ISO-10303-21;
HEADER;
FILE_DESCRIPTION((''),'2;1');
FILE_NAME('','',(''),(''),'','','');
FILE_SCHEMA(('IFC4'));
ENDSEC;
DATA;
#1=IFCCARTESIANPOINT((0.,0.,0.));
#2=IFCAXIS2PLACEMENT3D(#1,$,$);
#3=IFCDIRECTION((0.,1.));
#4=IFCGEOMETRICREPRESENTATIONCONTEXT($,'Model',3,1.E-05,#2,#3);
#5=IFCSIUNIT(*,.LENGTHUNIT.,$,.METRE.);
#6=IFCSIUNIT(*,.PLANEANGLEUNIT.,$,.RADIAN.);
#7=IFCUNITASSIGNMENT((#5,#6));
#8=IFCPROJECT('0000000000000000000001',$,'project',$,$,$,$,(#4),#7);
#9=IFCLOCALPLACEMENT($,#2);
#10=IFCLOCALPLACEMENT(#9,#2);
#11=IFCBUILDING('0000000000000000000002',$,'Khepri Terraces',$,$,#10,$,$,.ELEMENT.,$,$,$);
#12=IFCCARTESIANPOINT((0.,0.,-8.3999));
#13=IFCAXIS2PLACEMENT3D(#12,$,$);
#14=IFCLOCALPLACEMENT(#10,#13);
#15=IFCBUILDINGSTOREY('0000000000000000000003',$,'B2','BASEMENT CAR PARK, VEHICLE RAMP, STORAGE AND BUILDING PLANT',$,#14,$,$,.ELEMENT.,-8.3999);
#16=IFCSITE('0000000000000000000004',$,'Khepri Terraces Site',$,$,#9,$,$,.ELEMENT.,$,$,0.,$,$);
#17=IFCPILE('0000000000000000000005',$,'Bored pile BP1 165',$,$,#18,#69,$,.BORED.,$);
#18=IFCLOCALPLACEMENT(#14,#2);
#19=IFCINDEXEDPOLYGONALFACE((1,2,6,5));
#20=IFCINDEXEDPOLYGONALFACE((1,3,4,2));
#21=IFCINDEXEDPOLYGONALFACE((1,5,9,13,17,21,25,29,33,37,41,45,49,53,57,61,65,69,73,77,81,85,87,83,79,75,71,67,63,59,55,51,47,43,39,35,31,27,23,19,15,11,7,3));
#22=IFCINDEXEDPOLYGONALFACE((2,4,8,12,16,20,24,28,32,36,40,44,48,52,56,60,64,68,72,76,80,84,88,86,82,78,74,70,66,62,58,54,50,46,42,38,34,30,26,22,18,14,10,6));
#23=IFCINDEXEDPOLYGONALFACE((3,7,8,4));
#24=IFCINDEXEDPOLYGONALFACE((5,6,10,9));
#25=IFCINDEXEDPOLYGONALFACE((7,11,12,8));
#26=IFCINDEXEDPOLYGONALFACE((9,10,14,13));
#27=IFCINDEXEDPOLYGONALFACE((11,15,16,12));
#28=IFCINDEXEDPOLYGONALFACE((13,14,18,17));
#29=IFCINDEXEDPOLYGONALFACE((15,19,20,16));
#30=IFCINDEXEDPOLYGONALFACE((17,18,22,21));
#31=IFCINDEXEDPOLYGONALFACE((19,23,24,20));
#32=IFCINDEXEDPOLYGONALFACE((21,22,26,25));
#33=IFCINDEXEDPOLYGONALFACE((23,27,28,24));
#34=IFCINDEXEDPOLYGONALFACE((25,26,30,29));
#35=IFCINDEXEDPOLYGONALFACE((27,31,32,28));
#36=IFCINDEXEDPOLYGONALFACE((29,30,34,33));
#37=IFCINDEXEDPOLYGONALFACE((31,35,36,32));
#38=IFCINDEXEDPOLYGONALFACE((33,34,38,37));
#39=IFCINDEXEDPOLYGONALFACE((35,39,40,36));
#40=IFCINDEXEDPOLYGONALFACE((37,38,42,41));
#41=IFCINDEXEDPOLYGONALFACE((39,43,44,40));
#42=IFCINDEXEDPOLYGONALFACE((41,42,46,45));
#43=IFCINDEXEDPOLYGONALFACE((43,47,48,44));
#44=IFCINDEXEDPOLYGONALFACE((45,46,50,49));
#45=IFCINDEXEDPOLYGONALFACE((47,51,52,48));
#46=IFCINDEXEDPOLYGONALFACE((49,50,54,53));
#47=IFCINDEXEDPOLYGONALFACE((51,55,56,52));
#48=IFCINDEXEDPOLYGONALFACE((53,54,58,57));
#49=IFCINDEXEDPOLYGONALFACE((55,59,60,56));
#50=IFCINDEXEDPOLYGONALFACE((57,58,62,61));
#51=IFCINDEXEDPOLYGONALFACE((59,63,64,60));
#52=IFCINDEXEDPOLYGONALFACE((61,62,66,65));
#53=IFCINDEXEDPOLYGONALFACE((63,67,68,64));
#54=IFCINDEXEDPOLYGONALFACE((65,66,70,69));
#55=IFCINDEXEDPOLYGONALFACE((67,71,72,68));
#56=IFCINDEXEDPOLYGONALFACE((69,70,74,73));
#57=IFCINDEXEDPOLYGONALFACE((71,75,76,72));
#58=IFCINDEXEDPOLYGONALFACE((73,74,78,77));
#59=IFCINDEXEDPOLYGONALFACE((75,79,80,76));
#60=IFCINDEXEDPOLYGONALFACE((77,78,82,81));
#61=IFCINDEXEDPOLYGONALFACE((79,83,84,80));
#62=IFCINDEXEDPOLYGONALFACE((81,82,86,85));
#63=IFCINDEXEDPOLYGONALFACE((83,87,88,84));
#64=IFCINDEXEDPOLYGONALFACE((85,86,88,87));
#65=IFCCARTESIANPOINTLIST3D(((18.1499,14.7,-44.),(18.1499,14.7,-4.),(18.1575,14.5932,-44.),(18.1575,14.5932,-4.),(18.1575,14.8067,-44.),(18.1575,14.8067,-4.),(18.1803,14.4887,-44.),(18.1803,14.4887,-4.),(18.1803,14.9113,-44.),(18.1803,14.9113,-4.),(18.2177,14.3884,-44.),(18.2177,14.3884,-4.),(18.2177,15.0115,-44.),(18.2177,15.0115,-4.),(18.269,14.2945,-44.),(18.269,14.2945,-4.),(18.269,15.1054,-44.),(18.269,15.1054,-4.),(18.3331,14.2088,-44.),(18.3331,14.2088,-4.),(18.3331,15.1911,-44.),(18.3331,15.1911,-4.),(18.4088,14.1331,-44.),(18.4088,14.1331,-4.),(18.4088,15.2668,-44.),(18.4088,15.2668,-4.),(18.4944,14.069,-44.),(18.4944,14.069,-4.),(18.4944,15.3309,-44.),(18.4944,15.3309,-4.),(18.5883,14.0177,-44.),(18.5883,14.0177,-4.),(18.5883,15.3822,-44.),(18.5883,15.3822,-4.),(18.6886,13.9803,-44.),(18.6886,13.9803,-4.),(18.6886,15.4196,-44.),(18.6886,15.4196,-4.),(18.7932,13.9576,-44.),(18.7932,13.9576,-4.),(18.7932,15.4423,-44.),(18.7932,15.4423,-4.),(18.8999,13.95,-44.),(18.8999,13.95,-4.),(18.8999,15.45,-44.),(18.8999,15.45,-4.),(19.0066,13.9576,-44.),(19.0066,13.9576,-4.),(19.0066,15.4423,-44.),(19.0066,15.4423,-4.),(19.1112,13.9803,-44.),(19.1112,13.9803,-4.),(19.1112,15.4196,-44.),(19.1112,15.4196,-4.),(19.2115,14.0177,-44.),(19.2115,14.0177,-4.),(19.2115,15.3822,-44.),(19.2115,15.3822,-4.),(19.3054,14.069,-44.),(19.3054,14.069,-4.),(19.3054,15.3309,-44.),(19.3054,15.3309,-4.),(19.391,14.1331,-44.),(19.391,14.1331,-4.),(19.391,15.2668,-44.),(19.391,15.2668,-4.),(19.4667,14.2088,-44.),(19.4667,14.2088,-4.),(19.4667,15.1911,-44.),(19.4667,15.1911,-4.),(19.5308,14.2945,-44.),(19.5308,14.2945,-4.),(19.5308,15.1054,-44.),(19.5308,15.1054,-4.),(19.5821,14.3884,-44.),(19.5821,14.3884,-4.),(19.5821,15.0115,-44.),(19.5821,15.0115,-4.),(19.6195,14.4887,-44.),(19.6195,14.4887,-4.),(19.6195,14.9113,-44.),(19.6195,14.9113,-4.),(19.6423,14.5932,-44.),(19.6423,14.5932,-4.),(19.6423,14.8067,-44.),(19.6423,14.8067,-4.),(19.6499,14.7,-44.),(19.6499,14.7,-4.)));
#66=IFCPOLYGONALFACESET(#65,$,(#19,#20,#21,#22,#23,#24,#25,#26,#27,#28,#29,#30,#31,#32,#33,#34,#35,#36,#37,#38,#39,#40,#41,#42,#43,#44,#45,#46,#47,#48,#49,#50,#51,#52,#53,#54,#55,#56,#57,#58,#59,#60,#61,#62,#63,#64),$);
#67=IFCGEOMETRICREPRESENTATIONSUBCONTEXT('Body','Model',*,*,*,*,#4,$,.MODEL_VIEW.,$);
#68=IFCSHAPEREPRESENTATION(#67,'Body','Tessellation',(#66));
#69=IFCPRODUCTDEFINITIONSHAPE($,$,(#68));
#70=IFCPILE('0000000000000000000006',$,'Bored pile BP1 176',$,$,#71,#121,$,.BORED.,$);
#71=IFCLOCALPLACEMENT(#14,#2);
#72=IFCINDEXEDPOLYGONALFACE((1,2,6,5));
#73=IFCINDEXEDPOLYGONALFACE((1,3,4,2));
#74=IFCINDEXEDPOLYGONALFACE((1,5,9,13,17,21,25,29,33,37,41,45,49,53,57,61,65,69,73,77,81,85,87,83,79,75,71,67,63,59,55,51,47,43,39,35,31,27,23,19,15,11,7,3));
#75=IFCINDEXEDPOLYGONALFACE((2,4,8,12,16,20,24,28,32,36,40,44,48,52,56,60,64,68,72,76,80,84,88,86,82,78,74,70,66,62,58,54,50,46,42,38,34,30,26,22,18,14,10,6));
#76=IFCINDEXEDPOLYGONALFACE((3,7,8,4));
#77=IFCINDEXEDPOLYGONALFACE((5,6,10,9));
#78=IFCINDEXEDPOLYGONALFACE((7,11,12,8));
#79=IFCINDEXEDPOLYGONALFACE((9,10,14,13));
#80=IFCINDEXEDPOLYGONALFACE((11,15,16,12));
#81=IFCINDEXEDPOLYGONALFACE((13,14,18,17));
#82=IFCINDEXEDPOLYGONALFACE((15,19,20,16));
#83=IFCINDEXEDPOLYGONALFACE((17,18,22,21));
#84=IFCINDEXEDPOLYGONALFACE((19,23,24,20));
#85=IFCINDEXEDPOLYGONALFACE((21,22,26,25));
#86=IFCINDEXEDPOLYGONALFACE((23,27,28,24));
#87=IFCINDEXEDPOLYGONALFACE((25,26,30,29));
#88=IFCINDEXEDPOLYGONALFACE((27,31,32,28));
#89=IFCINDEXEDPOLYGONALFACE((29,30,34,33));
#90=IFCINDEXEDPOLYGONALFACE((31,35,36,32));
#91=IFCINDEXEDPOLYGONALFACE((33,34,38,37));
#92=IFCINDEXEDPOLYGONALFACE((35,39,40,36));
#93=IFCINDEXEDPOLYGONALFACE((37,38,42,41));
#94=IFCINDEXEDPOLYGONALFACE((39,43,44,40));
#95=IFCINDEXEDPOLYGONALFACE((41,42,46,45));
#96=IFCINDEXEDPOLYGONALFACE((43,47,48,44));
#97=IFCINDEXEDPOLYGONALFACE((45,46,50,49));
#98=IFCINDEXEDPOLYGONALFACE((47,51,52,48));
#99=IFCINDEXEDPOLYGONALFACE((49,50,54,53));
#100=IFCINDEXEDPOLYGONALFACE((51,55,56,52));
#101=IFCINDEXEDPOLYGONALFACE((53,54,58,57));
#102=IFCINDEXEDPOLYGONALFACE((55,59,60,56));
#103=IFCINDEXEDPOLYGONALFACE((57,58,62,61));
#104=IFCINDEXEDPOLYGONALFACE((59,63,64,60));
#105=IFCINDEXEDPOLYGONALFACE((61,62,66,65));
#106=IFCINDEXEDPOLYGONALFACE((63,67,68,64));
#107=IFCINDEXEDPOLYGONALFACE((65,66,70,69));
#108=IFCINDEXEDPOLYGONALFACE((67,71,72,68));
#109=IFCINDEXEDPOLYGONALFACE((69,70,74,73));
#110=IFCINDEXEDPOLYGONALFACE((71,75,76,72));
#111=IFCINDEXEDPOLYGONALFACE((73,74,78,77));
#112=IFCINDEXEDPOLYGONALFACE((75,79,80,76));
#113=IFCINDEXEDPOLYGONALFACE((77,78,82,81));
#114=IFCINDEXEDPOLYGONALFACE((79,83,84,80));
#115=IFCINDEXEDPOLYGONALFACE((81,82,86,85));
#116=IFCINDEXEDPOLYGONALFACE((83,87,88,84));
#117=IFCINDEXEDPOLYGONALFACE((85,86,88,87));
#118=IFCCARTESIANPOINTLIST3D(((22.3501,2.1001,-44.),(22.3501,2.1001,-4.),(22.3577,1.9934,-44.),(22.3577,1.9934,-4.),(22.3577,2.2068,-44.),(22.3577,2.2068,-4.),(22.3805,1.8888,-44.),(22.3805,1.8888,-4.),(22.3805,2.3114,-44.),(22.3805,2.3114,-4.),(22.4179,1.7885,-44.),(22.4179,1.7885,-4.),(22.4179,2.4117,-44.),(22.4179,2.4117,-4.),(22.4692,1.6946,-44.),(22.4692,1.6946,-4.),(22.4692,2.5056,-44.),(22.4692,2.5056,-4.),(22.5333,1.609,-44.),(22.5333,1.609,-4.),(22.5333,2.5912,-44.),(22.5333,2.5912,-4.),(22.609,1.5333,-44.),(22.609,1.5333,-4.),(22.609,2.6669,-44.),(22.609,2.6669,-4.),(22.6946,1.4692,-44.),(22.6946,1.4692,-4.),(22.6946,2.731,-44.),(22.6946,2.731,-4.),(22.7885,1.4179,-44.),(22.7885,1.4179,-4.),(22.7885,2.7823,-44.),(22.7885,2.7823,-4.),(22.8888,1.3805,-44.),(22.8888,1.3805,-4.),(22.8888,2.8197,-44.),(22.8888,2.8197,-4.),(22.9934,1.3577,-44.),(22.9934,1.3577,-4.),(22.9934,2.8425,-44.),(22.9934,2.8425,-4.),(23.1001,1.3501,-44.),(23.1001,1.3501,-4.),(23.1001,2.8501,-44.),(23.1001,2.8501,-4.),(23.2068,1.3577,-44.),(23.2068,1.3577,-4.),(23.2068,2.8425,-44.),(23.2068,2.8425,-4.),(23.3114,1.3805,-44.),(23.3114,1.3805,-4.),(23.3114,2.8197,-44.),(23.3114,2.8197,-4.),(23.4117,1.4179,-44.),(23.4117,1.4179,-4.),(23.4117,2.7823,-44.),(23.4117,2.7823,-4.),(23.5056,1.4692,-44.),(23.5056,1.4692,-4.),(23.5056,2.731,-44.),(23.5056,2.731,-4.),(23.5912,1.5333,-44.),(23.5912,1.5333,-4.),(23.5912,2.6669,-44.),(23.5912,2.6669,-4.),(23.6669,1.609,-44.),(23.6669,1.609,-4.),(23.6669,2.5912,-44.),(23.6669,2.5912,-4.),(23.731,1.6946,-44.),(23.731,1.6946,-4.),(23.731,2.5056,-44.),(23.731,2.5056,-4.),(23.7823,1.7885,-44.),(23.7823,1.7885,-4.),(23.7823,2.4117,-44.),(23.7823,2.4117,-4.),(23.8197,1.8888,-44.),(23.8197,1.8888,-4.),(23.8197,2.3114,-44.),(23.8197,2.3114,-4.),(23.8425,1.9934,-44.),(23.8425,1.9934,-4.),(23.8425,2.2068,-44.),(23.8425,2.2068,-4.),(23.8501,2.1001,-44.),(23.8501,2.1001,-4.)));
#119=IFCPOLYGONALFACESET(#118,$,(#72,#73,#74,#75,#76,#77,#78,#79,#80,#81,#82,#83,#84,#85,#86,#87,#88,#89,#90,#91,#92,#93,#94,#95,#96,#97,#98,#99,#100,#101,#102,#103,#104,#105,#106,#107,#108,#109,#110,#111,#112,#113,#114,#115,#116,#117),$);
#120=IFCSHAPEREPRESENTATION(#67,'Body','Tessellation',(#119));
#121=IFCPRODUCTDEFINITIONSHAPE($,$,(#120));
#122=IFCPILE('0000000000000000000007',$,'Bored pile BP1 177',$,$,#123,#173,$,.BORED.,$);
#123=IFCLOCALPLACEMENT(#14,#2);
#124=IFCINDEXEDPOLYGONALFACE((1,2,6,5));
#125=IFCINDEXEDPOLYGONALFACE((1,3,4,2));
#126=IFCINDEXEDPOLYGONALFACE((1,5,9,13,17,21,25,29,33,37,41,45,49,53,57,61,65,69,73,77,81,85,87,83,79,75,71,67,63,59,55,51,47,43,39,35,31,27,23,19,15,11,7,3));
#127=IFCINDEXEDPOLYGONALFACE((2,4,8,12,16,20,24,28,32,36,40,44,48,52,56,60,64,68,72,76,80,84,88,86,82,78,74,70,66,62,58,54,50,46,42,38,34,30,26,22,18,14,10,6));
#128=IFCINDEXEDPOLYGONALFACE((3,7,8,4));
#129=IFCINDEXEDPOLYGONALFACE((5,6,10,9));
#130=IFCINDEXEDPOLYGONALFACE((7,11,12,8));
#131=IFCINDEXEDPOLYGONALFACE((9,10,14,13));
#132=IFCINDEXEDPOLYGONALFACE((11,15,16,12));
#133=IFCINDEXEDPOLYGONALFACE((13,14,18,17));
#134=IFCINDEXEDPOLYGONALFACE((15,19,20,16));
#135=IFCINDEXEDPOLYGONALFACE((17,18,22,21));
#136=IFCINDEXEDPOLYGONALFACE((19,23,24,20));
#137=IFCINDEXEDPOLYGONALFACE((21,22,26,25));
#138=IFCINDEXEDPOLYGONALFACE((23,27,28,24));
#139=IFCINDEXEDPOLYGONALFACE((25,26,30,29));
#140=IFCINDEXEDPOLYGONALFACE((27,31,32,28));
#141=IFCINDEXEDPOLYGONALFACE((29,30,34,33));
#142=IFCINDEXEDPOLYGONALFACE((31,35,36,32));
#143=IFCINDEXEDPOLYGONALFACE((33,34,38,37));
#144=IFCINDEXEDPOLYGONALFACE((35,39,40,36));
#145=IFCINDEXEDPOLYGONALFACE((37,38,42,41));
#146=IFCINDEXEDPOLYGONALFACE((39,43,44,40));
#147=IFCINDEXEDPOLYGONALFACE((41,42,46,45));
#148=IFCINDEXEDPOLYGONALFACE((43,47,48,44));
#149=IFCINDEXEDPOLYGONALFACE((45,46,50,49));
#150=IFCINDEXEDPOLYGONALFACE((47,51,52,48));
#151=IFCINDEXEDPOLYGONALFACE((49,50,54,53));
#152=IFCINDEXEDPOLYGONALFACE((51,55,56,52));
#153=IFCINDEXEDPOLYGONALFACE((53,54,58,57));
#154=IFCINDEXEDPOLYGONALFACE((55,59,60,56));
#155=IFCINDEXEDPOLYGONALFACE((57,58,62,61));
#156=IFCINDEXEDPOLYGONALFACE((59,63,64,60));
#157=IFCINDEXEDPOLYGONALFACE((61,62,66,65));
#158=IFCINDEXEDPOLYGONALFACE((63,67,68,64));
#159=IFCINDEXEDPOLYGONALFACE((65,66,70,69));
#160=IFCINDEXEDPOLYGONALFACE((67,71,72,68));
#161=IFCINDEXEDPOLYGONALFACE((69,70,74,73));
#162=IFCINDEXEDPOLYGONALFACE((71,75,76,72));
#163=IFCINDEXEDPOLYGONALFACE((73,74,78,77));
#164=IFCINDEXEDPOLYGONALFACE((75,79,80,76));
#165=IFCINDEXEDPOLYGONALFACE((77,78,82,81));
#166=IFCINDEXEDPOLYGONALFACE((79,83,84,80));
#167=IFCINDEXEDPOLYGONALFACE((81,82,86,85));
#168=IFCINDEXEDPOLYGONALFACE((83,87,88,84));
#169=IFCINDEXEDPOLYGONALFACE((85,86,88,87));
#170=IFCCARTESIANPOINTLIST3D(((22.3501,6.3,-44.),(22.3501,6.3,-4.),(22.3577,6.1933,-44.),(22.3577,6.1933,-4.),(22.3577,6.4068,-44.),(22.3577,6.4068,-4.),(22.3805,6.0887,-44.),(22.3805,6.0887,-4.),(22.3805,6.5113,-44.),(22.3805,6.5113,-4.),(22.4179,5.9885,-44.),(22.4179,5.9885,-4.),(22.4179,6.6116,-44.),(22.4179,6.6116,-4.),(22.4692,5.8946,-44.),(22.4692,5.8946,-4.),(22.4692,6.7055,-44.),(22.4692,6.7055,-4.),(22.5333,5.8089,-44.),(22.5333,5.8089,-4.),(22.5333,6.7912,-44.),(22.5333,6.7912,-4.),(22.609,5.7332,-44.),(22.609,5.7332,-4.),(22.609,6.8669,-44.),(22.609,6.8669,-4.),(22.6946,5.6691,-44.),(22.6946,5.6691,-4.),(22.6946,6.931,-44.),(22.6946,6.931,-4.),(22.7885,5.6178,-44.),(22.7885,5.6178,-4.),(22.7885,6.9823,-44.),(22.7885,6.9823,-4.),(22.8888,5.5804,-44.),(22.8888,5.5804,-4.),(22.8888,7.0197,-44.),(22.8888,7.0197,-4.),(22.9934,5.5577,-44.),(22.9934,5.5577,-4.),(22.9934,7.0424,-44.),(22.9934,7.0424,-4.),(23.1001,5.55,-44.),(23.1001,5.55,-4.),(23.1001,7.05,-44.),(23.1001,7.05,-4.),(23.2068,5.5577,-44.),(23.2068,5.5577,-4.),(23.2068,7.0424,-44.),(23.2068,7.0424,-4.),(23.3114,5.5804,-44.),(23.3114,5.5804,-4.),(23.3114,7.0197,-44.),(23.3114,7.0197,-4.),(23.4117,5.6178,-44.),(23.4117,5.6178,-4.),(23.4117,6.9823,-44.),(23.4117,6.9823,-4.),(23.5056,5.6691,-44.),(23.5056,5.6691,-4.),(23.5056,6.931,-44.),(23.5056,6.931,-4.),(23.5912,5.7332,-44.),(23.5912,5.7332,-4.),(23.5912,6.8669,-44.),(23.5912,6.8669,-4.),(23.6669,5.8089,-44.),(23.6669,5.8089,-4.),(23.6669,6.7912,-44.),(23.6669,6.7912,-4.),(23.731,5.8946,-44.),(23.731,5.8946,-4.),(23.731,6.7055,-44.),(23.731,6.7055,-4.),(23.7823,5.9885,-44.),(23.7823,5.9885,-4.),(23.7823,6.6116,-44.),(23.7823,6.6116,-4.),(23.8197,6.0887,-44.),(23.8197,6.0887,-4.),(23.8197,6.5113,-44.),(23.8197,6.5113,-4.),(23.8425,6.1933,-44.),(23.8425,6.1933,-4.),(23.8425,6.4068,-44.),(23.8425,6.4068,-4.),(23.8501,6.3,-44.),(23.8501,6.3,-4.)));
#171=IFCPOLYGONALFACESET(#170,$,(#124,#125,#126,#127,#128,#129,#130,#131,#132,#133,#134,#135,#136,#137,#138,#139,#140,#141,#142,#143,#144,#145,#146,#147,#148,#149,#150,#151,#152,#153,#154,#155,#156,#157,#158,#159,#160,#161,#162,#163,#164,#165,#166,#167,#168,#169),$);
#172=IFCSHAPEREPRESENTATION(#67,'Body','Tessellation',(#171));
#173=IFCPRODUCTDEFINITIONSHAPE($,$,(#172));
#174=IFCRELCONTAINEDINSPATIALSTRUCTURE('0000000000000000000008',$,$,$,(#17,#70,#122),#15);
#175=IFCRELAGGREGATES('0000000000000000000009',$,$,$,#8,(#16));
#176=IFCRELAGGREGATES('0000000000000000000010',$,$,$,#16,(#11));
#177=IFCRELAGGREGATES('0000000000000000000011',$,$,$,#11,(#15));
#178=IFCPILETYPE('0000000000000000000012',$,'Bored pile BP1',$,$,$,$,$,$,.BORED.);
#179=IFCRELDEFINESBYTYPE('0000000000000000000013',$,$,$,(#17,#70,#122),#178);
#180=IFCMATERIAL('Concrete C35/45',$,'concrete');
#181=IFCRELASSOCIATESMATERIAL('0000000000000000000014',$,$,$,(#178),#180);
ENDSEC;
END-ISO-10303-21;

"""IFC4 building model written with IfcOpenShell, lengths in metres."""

from ifc_helpers import new_model, si_unit, direction, frame, origin, origin_2d, place, context, subcontext, project, spatial, circle, extrude, material, material_profile, profile_set, type_object, element, save


model = new_model("IFC4")

# Units and contexts
model_context = context("Model", 3, precision=1e-05, world=origin(), true_north=direction((0.0, 1.0)))
body_context = subcontext(model_context, "Body", "Model", "MODEL_VIEW")
ifc_project = project(units=[si_unit("LENGTHUNIT", "METRE"), si_unit("PLANEANGLEUNIT", "RADIAN")], contexts=[model_context])

# Site, building, storey
site_placement = place(None, origin())
site = spatial("IfcSite", under=ifc_project, at=site_placement, Name="Khepri Terraces Site", CompositionType="ELEMENT", RefElevation=0.0)
building_placement = place(site_placement, origin())
building = spatial("IfcBuilding", under=site, at=building_placement, Name="Khepri Terraces", CompositionType="ELEMENT")
storey_placement = place(building_placement, frame((0.0, 0.0, -8.3999)))
storey = spatial("IfcBuildingStorey", under=building, at=storey_placement, Name="B2", Description="BASEMENT CAR PARK, VEHICLE RAMP, STORAGE AND BUILDING PLANT", CompositionType="ELEMENT", Elevation=-8.3999)

# Piles
ifc_material_1 = material(Name="Concrete C35/45", Category="concrete")
ifc_material_profile_1 = material_profile(ifc_material_1, circle(Radius=0.75, at=origin_2d()), Name="Concrete C35/45", Category="concrete")
ifc_profile_set_1 = profile_set([ifc_material_profile_1], Name="Concrete C35/45")
pile_type = type_object("IfcPileType", Name="Bored pile BP1", PredefinedType="BORED", material=ifc_profile_set_1)
for number, where, z_axis, x_axis, name in (
    (1, (18.8999, 14.7, -4.0), (0.0, 0.0, -1.0), (1.0, 0.0, 0.0), "Bored pile BP1 165"),
    (2, (23.1001, 2.1001, -4.0), (0.0, 0.0, -1.0), (1.0, 0.0, 0.0), "Bored pile BP1 176"),
    (3, (23.1001, 6.3, -4.0), (0.0, 0.0, -1.0), (1.0, 0.0, 0.0), "Bored pile BP1 177"),
):
    element("IfcPile", number, at=place(storey_placement, frame(where, z_axis=z_axis, x_axis=x_axis)), inside=storey, type_object=pile_type, Name=name, PredefinedType="BORED", context=body_context, shape_type="SweptSolid", body=[
        extrude(circle(Radius=0.75, at=origin_2d()), origin(), (0.0, 0.0, 1.0), 40.0),
    ])

save(model, "model.ifc")
